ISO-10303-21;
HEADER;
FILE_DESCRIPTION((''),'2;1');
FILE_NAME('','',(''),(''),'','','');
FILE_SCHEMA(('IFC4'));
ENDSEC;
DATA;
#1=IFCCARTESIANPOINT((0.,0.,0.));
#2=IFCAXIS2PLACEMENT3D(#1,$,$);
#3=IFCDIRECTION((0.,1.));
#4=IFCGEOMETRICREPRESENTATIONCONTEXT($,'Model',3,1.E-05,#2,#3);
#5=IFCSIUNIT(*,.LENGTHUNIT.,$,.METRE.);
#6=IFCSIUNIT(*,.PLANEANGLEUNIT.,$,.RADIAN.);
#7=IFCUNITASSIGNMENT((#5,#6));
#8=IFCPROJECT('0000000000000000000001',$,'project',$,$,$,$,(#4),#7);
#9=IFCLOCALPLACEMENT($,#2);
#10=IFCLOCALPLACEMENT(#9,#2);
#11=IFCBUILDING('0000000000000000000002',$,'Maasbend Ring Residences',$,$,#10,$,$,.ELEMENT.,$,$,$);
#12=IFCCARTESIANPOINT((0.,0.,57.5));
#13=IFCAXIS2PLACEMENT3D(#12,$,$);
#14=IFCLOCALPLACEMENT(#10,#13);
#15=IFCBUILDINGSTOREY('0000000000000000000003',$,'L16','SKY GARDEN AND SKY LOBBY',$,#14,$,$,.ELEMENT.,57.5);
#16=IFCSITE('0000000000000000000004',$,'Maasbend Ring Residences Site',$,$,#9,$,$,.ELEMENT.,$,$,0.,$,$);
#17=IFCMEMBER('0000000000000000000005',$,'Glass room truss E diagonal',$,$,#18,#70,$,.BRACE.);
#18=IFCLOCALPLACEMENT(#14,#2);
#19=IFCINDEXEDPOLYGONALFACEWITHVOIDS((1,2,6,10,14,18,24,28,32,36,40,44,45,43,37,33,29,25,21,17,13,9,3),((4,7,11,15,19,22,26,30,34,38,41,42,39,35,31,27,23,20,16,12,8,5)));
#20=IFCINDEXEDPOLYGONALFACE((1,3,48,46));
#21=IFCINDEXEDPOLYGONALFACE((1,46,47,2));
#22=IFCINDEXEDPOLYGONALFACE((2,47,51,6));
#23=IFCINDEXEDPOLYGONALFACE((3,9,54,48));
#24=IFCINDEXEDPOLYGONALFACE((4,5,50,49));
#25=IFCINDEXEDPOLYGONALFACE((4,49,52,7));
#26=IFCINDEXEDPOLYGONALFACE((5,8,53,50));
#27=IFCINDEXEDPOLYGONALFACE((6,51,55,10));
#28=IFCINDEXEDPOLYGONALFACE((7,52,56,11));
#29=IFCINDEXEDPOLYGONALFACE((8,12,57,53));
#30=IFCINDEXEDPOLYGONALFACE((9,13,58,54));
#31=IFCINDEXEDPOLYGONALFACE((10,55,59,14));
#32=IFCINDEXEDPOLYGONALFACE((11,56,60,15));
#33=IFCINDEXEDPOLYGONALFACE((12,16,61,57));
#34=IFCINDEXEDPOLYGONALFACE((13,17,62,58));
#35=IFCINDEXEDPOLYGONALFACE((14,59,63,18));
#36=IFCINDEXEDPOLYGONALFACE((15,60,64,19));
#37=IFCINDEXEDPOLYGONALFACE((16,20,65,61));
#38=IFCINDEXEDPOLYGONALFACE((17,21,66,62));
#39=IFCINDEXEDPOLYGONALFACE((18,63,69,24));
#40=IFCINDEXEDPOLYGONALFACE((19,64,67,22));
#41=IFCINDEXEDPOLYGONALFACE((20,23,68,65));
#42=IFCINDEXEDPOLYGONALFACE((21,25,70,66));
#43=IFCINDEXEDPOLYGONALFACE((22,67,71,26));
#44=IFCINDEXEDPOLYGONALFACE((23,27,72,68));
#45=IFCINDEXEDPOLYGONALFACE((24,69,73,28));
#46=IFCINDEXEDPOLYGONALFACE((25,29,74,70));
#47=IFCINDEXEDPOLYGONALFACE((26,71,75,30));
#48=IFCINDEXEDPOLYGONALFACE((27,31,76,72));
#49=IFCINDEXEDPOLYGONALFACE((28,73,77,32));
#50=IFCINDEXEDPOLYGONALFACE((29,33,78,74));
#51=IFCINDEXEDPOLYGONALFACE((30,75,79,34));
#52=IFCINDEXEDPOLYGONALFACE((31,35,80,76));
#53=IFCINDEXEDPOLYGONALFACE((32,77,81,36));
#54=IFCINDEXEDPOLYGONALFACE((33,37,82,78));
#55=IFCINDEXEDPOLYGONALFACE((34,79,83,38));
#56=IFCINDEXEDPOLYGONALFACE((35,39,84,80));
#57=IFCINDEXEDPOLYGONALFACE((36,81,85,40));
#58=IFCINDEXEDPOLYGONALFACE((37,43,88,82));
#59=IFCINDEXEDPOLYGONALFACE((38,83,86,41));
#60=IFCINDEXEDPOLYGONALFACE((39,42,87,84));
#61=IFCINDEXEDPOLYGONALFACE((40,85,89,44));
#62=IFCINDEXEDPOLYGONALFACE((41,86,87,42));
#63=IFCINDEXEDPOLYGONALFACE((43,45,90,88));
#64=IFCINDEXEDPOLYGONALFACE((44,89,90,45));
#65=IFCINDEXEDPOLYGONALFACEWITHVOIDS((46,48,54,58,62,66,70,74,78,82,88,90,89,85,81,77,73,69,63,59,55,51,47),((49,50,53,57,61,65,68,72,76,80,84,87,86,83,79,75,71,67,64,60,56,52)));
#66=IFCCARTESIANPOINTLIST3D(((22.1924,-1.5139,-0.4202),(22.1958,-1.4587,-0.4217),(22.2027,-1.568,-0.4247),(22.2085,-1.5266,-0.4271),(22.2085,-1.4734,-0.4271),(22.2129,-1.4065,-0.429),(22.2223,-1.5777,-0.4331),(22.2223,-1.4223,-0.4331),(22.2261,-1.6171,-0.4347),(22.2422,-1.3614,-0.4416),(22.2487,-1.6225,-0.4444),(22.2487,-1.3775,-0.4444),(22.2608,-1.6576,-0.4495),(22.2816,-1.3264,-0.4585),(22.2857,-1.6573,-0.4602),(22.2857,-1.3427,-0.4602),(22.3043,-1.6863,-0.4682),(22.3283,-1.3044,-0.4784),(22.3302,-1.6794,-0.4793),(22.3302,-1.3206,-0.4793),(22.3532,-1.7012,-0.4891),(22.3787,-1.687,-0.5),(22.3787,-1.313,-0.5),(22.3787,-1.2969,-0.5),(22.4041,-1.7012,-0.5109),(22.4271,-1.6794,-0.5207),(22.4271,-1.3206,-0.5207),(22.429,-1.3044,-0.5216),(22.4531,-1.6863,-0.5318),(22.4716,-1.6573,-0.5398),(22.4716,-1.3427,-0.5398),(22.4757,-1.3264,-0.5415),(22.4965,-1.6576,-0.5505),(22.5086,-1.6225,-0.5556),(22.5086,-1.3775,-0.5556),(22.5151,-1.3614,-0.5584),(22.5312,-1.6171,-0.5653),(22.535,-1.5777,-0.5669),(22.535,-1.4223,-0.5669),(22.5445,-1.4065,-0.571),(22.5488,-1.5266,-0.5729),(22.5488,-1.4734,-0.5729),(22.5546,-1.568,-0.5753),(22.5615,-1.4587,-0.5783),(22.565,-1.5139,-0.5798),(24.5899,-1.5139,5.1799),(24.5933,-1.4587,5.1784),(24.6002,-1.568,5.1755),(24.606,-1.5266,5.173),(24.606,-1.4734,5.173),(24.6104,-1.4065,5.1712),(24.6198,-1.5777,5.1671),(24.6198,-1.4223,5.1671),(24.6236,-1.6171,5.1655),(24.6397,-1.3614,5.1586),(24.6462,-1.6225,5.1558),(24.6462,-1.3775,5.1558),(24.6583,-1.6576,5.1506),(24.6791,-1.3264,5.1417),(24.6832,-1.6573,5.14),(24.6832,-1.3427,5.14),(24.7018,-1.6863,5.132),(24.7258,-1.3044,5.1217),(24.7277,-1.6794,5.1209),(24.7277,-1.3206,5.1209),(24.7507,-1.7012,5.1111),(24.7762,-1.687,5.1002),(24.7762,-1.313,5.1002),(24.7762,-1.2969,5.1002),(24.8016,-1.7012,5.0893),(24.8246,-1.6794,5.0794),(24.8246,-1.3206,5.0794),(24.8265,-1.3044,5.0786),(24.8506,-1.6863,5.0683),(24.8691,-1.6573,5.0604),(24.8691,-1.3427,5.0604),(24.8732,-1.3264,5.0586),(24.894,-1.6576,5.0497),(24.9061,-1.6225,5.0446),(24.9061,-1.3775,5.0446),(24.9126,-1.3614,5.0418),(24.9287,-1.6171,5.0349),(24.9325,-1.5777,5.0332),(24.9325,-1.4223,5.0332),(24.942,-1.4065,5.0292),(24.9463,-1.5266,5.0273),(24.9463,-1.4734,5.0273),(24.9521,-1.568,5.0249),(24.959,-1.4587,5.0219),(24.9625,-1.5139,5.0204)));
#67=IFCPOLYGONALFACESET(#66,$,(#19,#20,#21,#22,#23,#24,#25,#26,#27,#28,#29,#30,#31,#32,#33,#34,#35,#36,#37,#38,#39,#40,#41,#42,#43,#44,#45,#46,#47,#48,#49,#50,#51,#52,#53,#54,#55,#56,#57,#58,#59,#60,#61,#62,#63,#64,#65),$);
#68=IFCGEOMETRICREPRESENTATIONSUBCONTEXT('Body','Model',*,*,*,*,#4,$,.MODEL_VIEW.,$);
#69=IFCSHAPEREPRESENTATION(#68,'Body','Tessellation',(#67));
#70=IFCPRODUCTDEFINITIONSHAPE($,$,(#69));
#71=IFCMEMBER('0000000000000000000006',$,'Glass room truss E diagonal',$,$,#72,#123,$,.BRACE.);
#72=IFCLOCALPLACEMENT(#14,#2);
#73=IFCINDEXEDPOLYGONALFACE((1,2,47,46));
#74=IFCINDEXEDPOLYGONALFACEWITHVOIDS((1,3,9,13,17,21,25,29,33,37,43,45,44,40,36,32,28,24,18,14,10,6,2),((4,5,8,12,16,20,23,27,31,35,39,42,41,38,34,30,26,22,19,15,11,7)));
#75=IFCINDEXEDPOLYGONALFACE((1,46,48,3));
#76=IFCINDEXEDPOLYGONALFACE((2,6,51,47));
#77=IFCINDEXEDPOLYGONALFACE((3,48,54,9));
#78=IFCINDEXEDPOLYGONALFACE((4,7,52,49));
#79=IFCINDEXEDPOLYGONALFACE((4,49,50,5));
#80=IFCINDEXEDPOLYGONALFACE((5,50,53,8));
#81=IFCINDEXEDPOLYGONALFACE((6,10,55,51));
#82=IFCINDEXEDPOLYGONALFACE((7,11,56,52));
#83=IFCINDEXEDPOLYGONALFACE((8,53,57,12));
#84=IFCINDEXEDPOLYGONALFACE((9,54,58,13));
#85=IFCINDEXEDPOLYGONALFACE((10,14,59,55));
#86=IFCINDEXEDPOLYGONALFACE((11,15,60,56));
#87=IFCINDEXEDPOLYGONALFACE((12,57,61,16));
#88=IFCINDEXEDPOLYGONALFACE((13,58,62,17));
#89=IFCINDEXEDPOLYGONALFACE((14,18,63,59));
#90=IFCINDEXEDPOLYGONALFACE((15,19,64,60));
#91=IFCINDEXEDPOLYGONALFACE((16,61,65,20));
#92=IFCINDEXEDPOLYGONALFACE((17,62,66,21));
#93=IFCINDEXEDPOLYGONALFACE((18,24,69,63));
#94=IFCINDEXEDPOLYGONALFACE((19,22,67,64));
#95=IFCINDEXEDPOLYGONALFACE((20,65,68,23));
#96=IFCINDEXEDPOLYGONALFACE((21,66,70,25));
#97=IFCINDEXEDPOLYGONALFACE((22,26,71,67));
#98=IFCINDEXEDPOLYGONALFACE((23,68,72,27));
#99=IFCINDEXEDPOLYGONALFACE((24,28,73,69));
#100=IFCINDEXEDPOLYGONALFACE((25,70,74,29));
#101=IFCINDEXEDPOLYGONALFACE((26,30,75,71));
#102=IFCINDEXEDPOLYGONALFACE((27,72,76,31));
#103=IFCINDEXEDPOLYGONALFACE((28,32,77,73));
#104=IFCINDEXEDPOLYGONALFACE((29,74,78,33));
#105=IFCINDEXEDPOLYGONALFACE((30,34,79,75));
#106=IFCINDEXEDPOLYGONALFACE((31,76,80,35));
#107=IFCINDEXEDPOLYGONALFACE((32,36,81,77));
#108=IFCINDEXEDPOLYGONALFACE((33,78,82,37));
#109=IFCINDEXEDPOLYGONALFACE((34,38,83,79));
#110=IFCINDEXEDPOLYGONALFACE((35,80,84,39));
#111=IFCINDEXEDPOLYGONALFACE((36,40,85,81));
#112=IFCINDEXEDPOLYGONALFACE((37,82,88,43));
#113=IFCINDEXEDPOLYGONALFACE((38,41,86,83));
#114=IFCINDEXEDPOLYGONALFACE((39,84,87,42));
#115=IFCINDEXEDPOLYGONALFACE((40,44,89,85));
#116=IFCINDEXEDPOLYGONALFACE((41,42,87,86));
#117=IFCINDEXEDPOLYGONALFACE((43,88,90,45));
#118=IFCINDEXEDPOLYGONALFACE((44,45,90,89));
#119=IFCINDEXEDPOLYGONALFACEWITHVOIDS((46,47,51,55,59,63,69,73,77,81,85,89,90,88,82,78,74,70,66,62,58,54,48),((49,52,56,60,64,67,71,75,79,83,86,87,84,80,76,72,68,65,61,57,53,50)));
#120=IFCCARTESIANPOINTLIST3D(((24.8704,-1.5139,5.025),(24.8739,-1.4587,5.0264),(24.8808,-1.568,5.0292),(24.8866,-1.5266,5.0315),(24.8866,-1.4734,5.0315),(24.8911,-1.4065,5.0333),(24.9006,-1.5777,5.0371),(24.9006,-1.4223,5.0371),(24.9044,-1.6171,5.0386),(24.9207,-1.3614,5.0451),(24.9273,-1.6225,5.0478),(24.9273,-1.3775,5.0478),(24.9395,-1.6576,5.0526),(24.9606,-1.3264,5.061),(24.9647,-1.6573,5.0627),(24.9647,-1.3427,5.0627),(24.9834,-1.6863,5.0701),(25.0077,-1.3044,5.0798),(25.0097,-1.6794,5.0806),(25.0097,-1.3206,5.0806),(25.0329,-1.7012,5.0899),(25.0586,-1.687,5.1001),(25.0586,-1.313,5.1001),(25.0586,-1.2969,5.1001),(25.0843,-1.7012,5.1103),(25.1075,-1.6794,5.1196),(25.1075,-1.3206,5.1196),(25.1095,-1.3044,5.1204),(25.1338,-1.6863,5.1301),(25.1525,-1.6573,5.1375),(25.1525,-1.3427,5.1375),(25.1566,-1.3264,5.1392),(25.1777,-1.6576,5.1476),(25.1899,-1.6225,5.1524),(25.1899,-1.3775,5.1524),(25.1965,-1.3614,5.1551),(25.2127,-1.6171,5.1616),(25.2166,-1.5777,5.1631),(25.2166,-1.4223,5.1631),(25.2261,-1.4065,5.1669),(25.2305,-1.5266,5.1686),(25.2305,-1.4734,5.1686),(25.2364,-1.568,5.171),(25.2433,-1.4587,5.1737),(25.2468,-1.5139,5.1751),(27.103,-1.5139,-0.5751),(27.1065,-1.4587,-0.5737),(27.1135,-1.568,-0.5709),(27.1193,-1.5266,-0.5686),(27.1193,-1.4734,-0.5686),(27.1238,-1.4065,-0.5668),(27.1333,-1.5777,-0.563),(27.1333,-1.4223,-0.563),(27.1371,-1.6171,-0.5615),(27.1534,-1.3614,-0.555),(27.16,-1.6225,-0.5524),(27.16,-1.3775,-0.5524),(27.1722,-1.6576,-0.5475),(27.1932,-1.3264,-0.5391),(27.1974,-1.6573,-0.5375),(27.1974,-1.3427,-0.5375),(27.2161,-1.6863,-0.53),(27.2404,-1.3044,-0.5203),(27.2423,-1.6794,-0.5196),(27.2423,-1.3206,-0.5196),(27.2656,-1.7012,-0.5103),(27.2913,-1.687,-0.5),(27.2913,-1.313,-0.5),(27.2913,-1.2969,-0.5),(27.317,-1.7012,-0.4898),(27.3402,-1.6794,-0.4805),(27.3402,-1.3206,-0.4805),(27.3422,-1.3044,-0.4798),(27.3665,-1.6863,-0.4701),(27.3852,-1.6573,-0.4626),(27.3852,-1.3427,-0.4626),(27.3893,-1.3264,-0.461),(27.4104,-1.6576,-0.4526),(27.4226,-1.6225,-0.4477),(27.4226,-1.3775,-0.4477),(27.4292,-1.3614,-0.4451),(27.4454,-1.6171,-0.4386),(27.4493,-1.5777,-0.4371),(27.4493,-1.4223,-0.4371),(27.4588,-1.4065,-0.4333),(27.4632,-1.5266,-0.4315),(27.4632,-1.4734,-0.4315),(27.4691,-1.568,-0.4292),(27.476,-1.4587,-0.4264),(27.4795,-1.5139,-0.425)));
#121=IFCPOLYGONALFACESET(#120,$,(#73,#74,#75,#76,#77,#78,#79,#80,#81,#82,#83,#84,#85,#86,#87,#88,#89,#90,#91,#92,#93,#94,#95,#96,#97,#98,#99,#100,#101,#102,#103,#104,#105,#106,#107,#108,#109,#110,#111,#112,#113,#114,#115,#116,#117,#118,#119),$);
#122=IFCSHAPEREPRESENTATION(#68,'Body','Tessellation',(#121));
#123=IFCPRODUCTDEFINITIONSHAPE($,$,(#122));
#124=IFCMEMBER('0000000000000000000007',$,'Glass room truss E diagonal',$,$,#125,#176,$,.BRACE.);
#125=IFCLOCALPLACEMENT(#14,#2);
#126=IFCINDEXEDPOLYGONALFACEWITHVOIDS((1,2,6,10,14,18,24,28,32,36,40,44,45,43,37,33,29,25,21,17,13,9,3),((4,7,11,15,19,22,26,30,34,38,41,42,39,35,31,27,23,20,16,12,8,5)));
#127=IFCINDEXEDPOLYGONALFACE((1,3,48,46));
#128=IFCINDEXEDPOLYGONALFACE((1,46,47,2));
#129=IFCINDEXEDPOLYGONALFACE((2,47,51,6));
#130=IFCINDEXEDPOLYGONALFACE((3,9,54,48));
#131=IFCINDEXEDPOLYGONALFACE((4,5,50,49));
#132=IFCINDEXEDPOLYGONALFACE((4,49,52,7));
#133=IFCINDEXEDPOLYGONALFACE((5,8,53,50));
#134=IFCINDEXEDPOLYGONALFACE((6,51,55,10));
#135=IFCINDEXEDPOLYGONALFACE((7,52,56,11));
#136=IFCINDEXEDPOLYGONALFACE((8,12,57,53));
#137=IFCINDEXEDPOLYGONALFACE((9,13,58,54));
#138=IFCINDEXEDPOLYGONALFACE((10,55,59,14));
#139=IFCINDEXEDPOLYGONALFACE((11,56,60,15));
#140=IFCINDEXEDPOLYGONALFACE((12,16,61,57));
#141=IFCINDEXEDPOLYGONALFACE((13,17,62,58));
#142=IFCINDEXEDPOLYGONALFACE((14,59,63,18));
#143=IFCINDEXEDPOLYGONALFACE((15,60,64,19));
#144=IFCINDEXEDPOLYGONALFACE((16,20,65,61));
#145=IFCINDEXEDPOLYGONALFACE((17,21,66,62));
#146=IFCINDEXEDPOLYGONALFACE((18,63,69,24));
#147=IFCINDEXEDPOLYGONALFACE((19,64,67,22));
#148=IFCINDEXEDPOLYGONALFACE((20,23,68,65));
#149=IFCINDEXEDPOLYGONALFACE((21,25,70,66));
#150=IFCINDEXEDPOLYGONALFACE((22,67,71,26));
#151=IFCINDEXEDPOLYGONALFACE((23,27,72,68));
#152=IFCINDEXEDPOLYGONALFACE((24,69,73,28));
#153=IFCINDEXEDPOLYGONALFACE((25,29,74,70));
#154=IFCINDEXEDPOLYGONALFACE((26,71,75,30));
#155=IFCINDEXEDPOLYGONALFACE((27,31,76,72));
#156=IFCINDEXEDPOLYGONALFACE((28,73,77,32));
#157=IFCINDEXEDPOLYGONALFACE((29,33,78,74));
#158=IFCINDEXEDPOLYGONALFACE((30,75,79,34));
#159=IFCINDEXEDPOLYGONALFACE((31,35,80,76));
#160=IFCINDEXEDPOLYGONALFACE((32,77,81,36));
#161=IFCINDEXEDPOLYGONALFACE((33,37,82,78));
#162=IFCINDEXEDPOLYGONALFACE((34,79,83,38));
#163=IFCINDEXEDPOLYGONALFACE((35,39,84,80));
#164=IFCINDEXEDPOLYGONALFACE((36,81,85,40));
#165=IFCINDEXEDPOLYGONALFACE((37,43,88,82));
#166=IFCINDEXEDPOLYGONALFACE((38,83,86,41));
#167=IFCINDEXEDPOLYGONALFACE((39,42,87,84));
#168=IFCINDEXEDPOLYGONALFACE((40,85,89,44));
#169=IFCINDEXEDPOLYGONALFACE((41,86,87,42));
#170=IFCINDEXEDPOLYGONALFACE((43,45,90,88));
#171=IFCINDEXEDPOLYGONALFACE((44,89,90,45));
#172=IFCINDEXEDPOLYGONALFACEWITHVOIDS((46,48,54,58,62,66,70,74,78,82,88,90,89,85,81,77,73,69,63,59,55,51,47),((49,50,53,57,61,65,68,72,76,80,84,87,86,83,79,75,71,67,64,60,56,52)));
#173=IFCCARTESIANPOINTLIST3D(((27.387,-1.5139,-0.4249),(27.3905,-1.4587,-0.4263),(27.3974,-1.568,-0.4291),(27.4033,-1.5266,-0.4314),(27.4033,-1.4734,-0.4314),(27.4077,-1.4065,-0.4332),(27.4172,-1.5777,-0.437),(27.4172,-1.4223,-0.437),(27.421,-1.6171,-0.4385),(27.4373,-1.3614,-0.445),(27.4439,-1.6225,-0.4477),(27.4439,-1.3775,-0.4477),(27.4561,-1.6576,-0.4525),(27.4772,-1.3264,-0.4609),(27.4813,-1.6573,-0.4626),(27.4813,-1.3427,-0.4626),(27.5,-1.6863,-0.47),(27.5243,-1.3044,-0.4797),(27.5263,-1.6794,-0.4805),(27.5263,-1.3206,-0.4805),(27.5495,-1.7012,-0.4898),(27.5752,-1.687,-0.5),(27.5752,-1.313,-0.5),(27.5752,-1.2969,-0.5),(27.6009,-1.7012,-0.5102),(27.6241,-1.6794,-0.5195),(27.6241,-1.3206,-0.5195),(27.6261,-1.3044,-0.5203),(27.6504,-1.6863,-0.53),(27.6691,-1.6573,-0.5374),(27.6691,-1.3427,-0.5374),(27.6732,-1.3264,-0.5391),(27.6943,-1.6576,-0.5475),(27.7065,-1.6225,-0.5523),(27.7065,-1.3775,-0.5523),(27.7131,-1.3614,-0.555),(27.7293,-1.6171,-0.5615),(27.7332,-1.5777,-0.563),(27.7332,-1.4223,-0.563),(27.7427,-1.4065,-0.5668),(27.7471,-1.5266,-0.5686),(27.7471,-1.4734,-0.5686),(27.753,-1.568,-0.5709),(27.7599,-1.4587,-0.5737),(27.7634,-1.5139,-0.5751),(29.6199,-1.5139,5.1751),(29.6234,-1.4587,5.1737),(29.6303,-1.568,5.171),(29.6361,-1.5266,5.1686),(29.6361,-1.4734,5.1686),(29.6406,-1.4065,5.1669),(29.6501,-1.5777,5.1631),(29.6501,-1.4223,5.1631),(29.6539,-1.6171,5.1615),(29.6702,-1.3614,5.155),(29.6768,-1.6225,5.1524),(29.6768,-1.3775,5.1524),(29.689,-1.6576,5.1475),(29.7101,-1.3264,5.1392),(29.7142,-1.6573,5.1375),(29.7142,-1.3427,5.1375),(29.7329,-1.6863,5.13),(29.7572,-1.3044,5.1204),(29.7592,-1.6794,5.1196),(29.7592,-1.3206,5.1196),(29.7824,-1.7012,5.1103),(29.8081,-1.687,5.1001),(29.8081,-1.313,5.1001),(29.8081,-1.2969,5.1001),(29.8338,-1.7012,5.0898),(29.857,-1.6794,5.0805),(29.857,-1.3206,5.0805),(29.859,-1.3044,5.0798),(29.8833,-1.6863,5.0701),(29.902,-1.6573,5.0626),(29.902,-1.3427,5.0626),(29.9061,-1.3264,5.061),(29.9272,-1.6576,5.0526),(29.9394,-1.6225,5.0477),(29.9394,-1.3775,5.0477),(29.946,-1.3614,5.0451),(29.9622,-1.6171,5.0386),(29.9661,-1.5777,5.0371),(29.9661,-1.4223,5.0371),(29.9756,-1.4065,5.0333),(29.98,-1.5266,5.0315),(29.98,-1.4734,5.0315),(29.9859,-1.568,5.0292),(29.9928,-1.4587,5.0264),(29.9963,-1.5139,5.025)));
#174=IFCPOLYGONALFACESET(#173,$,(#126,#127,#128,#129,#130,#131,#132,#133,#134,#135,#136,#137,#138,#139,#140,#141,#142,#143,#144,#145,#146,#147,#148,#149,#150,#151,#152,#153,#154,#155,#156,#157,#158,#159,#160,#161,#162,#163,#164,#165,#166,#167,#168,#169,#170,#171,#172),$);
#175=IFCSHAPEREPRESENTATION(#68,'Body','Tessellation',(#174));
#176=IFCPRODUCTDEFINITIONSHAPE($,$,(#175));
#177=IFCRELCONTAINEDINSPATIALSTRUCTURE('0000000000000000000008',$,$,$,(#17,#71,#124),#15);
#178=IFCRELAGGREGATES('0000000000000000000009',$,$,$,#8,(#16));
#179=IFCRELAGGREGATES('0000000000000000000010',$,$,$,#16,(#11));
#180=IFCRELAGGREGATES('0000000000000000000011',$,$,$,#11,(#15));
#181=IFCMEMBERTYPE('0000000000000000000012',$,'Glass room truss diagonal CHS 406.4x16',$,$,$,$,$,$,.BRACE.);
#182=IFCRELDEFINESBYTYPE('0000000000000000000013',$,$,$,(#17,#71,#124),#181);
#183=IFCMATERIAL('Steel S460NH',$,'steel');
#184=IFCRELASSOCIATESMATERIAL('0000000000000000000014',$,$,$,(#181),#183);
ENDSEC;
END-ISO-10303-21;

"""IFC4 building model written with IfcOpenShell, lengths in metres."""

from ifc_helpers import new_model, si_unit, direction, frame, origin, origin_2d, place, context, subcontext, project, spatial, hollow_circle, extrude, material, material_profile, profile_set, type_object, element, save


model = new_model("IFC4")

# Units and contexts
model_context = context("Model", 3, precision=1e-05, world=origin(), true_north=direction((0.0, 1.0)))
body_context = subcontext(model_context, "Body", "Model", "MODEL_VIEW")
ifc_project = project(units=[si_unit("LENGTHUNIT", "METRE"), si_unit("PLANEANGLEUNIT", "RADIAN")], contexts=[model_context])

# Site, building, storey
site_placement = place(None, origin())
site = spatial("IfcSite", under=ifc_project, at=site_placement, Name="Maasbend Ring Residences Site", CompositionType="ELEMENT", RefElevation=0.0)
building_placement = place(site_placement, origin())
building = spatial("IfcBuilding", under=site, at=building_placement, Name="Maasbend Ring Residences", CompositionType="ELEMENT")
storey_placement = place(building_placement, frame((0.0, 0.0, 57.5)))
storey = spatial("IfcBuildingStorey", under=building, at=storey_placement, Name="L16", Description="SKY GARDEN AND SKY LOBBY", CompositionType="ELEMENT", Elevation=57.5)

# Members
ifc_material_1 = material(Name="Steel S460NH", Category="steel")
ifc_material_profile_1 = material_profile(ifc_material_1, hollow_circle(Radius=0.2031, WallThickness=0.0161, at=origin_2d()), Name="Glass room truss diagonal CHS 406.4x16")
ifc_profile_set_1 = profile_set([ifc_material_profile_1], Name="Steel S460NH")
member_type_1 = type_object("IfcMemberType", Name="Glass room truss diagonal CHS 406.4x16", PredefinedType="BRACE", material=ifc_profile_set_1)
member_1_placement = place(storey_placement, frame((22.3787, -1.5, -0.5), z_axis=(0.393561, 0.0, 0.919298), x_axis=(0.0, 1.0, 0.0)))
element("IfcMember", 1, at=member_1_placement, inside=storey, type_object=member_type_1, Name="Glass room truss E diagonal", PredefinedType="BRACE", context=body_context, shape_type="SweptSolid", body=[
    extrude(hollow_circle(Radius=0.2031, WallThickness=0.0161, at=origin_2d()), origin(), (0.0, 0.0, 1.0), 6.0918),
])
for number, where, z_axis, x_axis, name in (
    (2, (25.0586, -1.5, 5.1001), (0.370336, 0.0, -0.928898), (0.0, 1.0, 0.0), "Glass room truss E diagonal"),
    (3, (27.5752, -1.5, -0.5), (0.370371, 0.0, 0.928884), (0.0, 1.0, 0.0), "Glass room truss E diagonal"),
):
    element("IfcMember", number, at=place(storey_placement, frame(where, z_axis=z_axis, x_axis=x_axis)), inside=storey, type_object=member_type_1, Name=name, PredefinedType="BRACE", context=body_context, shape_type="SweptSolid", body=[
        extrude(hollow_circle(Radius=0.2031, WallThickness=0.0161, at=origin_2d()), origin(), (0.0, 0.0, 1.0), 6.0288),
    ])

save(model, "model.ifc")
